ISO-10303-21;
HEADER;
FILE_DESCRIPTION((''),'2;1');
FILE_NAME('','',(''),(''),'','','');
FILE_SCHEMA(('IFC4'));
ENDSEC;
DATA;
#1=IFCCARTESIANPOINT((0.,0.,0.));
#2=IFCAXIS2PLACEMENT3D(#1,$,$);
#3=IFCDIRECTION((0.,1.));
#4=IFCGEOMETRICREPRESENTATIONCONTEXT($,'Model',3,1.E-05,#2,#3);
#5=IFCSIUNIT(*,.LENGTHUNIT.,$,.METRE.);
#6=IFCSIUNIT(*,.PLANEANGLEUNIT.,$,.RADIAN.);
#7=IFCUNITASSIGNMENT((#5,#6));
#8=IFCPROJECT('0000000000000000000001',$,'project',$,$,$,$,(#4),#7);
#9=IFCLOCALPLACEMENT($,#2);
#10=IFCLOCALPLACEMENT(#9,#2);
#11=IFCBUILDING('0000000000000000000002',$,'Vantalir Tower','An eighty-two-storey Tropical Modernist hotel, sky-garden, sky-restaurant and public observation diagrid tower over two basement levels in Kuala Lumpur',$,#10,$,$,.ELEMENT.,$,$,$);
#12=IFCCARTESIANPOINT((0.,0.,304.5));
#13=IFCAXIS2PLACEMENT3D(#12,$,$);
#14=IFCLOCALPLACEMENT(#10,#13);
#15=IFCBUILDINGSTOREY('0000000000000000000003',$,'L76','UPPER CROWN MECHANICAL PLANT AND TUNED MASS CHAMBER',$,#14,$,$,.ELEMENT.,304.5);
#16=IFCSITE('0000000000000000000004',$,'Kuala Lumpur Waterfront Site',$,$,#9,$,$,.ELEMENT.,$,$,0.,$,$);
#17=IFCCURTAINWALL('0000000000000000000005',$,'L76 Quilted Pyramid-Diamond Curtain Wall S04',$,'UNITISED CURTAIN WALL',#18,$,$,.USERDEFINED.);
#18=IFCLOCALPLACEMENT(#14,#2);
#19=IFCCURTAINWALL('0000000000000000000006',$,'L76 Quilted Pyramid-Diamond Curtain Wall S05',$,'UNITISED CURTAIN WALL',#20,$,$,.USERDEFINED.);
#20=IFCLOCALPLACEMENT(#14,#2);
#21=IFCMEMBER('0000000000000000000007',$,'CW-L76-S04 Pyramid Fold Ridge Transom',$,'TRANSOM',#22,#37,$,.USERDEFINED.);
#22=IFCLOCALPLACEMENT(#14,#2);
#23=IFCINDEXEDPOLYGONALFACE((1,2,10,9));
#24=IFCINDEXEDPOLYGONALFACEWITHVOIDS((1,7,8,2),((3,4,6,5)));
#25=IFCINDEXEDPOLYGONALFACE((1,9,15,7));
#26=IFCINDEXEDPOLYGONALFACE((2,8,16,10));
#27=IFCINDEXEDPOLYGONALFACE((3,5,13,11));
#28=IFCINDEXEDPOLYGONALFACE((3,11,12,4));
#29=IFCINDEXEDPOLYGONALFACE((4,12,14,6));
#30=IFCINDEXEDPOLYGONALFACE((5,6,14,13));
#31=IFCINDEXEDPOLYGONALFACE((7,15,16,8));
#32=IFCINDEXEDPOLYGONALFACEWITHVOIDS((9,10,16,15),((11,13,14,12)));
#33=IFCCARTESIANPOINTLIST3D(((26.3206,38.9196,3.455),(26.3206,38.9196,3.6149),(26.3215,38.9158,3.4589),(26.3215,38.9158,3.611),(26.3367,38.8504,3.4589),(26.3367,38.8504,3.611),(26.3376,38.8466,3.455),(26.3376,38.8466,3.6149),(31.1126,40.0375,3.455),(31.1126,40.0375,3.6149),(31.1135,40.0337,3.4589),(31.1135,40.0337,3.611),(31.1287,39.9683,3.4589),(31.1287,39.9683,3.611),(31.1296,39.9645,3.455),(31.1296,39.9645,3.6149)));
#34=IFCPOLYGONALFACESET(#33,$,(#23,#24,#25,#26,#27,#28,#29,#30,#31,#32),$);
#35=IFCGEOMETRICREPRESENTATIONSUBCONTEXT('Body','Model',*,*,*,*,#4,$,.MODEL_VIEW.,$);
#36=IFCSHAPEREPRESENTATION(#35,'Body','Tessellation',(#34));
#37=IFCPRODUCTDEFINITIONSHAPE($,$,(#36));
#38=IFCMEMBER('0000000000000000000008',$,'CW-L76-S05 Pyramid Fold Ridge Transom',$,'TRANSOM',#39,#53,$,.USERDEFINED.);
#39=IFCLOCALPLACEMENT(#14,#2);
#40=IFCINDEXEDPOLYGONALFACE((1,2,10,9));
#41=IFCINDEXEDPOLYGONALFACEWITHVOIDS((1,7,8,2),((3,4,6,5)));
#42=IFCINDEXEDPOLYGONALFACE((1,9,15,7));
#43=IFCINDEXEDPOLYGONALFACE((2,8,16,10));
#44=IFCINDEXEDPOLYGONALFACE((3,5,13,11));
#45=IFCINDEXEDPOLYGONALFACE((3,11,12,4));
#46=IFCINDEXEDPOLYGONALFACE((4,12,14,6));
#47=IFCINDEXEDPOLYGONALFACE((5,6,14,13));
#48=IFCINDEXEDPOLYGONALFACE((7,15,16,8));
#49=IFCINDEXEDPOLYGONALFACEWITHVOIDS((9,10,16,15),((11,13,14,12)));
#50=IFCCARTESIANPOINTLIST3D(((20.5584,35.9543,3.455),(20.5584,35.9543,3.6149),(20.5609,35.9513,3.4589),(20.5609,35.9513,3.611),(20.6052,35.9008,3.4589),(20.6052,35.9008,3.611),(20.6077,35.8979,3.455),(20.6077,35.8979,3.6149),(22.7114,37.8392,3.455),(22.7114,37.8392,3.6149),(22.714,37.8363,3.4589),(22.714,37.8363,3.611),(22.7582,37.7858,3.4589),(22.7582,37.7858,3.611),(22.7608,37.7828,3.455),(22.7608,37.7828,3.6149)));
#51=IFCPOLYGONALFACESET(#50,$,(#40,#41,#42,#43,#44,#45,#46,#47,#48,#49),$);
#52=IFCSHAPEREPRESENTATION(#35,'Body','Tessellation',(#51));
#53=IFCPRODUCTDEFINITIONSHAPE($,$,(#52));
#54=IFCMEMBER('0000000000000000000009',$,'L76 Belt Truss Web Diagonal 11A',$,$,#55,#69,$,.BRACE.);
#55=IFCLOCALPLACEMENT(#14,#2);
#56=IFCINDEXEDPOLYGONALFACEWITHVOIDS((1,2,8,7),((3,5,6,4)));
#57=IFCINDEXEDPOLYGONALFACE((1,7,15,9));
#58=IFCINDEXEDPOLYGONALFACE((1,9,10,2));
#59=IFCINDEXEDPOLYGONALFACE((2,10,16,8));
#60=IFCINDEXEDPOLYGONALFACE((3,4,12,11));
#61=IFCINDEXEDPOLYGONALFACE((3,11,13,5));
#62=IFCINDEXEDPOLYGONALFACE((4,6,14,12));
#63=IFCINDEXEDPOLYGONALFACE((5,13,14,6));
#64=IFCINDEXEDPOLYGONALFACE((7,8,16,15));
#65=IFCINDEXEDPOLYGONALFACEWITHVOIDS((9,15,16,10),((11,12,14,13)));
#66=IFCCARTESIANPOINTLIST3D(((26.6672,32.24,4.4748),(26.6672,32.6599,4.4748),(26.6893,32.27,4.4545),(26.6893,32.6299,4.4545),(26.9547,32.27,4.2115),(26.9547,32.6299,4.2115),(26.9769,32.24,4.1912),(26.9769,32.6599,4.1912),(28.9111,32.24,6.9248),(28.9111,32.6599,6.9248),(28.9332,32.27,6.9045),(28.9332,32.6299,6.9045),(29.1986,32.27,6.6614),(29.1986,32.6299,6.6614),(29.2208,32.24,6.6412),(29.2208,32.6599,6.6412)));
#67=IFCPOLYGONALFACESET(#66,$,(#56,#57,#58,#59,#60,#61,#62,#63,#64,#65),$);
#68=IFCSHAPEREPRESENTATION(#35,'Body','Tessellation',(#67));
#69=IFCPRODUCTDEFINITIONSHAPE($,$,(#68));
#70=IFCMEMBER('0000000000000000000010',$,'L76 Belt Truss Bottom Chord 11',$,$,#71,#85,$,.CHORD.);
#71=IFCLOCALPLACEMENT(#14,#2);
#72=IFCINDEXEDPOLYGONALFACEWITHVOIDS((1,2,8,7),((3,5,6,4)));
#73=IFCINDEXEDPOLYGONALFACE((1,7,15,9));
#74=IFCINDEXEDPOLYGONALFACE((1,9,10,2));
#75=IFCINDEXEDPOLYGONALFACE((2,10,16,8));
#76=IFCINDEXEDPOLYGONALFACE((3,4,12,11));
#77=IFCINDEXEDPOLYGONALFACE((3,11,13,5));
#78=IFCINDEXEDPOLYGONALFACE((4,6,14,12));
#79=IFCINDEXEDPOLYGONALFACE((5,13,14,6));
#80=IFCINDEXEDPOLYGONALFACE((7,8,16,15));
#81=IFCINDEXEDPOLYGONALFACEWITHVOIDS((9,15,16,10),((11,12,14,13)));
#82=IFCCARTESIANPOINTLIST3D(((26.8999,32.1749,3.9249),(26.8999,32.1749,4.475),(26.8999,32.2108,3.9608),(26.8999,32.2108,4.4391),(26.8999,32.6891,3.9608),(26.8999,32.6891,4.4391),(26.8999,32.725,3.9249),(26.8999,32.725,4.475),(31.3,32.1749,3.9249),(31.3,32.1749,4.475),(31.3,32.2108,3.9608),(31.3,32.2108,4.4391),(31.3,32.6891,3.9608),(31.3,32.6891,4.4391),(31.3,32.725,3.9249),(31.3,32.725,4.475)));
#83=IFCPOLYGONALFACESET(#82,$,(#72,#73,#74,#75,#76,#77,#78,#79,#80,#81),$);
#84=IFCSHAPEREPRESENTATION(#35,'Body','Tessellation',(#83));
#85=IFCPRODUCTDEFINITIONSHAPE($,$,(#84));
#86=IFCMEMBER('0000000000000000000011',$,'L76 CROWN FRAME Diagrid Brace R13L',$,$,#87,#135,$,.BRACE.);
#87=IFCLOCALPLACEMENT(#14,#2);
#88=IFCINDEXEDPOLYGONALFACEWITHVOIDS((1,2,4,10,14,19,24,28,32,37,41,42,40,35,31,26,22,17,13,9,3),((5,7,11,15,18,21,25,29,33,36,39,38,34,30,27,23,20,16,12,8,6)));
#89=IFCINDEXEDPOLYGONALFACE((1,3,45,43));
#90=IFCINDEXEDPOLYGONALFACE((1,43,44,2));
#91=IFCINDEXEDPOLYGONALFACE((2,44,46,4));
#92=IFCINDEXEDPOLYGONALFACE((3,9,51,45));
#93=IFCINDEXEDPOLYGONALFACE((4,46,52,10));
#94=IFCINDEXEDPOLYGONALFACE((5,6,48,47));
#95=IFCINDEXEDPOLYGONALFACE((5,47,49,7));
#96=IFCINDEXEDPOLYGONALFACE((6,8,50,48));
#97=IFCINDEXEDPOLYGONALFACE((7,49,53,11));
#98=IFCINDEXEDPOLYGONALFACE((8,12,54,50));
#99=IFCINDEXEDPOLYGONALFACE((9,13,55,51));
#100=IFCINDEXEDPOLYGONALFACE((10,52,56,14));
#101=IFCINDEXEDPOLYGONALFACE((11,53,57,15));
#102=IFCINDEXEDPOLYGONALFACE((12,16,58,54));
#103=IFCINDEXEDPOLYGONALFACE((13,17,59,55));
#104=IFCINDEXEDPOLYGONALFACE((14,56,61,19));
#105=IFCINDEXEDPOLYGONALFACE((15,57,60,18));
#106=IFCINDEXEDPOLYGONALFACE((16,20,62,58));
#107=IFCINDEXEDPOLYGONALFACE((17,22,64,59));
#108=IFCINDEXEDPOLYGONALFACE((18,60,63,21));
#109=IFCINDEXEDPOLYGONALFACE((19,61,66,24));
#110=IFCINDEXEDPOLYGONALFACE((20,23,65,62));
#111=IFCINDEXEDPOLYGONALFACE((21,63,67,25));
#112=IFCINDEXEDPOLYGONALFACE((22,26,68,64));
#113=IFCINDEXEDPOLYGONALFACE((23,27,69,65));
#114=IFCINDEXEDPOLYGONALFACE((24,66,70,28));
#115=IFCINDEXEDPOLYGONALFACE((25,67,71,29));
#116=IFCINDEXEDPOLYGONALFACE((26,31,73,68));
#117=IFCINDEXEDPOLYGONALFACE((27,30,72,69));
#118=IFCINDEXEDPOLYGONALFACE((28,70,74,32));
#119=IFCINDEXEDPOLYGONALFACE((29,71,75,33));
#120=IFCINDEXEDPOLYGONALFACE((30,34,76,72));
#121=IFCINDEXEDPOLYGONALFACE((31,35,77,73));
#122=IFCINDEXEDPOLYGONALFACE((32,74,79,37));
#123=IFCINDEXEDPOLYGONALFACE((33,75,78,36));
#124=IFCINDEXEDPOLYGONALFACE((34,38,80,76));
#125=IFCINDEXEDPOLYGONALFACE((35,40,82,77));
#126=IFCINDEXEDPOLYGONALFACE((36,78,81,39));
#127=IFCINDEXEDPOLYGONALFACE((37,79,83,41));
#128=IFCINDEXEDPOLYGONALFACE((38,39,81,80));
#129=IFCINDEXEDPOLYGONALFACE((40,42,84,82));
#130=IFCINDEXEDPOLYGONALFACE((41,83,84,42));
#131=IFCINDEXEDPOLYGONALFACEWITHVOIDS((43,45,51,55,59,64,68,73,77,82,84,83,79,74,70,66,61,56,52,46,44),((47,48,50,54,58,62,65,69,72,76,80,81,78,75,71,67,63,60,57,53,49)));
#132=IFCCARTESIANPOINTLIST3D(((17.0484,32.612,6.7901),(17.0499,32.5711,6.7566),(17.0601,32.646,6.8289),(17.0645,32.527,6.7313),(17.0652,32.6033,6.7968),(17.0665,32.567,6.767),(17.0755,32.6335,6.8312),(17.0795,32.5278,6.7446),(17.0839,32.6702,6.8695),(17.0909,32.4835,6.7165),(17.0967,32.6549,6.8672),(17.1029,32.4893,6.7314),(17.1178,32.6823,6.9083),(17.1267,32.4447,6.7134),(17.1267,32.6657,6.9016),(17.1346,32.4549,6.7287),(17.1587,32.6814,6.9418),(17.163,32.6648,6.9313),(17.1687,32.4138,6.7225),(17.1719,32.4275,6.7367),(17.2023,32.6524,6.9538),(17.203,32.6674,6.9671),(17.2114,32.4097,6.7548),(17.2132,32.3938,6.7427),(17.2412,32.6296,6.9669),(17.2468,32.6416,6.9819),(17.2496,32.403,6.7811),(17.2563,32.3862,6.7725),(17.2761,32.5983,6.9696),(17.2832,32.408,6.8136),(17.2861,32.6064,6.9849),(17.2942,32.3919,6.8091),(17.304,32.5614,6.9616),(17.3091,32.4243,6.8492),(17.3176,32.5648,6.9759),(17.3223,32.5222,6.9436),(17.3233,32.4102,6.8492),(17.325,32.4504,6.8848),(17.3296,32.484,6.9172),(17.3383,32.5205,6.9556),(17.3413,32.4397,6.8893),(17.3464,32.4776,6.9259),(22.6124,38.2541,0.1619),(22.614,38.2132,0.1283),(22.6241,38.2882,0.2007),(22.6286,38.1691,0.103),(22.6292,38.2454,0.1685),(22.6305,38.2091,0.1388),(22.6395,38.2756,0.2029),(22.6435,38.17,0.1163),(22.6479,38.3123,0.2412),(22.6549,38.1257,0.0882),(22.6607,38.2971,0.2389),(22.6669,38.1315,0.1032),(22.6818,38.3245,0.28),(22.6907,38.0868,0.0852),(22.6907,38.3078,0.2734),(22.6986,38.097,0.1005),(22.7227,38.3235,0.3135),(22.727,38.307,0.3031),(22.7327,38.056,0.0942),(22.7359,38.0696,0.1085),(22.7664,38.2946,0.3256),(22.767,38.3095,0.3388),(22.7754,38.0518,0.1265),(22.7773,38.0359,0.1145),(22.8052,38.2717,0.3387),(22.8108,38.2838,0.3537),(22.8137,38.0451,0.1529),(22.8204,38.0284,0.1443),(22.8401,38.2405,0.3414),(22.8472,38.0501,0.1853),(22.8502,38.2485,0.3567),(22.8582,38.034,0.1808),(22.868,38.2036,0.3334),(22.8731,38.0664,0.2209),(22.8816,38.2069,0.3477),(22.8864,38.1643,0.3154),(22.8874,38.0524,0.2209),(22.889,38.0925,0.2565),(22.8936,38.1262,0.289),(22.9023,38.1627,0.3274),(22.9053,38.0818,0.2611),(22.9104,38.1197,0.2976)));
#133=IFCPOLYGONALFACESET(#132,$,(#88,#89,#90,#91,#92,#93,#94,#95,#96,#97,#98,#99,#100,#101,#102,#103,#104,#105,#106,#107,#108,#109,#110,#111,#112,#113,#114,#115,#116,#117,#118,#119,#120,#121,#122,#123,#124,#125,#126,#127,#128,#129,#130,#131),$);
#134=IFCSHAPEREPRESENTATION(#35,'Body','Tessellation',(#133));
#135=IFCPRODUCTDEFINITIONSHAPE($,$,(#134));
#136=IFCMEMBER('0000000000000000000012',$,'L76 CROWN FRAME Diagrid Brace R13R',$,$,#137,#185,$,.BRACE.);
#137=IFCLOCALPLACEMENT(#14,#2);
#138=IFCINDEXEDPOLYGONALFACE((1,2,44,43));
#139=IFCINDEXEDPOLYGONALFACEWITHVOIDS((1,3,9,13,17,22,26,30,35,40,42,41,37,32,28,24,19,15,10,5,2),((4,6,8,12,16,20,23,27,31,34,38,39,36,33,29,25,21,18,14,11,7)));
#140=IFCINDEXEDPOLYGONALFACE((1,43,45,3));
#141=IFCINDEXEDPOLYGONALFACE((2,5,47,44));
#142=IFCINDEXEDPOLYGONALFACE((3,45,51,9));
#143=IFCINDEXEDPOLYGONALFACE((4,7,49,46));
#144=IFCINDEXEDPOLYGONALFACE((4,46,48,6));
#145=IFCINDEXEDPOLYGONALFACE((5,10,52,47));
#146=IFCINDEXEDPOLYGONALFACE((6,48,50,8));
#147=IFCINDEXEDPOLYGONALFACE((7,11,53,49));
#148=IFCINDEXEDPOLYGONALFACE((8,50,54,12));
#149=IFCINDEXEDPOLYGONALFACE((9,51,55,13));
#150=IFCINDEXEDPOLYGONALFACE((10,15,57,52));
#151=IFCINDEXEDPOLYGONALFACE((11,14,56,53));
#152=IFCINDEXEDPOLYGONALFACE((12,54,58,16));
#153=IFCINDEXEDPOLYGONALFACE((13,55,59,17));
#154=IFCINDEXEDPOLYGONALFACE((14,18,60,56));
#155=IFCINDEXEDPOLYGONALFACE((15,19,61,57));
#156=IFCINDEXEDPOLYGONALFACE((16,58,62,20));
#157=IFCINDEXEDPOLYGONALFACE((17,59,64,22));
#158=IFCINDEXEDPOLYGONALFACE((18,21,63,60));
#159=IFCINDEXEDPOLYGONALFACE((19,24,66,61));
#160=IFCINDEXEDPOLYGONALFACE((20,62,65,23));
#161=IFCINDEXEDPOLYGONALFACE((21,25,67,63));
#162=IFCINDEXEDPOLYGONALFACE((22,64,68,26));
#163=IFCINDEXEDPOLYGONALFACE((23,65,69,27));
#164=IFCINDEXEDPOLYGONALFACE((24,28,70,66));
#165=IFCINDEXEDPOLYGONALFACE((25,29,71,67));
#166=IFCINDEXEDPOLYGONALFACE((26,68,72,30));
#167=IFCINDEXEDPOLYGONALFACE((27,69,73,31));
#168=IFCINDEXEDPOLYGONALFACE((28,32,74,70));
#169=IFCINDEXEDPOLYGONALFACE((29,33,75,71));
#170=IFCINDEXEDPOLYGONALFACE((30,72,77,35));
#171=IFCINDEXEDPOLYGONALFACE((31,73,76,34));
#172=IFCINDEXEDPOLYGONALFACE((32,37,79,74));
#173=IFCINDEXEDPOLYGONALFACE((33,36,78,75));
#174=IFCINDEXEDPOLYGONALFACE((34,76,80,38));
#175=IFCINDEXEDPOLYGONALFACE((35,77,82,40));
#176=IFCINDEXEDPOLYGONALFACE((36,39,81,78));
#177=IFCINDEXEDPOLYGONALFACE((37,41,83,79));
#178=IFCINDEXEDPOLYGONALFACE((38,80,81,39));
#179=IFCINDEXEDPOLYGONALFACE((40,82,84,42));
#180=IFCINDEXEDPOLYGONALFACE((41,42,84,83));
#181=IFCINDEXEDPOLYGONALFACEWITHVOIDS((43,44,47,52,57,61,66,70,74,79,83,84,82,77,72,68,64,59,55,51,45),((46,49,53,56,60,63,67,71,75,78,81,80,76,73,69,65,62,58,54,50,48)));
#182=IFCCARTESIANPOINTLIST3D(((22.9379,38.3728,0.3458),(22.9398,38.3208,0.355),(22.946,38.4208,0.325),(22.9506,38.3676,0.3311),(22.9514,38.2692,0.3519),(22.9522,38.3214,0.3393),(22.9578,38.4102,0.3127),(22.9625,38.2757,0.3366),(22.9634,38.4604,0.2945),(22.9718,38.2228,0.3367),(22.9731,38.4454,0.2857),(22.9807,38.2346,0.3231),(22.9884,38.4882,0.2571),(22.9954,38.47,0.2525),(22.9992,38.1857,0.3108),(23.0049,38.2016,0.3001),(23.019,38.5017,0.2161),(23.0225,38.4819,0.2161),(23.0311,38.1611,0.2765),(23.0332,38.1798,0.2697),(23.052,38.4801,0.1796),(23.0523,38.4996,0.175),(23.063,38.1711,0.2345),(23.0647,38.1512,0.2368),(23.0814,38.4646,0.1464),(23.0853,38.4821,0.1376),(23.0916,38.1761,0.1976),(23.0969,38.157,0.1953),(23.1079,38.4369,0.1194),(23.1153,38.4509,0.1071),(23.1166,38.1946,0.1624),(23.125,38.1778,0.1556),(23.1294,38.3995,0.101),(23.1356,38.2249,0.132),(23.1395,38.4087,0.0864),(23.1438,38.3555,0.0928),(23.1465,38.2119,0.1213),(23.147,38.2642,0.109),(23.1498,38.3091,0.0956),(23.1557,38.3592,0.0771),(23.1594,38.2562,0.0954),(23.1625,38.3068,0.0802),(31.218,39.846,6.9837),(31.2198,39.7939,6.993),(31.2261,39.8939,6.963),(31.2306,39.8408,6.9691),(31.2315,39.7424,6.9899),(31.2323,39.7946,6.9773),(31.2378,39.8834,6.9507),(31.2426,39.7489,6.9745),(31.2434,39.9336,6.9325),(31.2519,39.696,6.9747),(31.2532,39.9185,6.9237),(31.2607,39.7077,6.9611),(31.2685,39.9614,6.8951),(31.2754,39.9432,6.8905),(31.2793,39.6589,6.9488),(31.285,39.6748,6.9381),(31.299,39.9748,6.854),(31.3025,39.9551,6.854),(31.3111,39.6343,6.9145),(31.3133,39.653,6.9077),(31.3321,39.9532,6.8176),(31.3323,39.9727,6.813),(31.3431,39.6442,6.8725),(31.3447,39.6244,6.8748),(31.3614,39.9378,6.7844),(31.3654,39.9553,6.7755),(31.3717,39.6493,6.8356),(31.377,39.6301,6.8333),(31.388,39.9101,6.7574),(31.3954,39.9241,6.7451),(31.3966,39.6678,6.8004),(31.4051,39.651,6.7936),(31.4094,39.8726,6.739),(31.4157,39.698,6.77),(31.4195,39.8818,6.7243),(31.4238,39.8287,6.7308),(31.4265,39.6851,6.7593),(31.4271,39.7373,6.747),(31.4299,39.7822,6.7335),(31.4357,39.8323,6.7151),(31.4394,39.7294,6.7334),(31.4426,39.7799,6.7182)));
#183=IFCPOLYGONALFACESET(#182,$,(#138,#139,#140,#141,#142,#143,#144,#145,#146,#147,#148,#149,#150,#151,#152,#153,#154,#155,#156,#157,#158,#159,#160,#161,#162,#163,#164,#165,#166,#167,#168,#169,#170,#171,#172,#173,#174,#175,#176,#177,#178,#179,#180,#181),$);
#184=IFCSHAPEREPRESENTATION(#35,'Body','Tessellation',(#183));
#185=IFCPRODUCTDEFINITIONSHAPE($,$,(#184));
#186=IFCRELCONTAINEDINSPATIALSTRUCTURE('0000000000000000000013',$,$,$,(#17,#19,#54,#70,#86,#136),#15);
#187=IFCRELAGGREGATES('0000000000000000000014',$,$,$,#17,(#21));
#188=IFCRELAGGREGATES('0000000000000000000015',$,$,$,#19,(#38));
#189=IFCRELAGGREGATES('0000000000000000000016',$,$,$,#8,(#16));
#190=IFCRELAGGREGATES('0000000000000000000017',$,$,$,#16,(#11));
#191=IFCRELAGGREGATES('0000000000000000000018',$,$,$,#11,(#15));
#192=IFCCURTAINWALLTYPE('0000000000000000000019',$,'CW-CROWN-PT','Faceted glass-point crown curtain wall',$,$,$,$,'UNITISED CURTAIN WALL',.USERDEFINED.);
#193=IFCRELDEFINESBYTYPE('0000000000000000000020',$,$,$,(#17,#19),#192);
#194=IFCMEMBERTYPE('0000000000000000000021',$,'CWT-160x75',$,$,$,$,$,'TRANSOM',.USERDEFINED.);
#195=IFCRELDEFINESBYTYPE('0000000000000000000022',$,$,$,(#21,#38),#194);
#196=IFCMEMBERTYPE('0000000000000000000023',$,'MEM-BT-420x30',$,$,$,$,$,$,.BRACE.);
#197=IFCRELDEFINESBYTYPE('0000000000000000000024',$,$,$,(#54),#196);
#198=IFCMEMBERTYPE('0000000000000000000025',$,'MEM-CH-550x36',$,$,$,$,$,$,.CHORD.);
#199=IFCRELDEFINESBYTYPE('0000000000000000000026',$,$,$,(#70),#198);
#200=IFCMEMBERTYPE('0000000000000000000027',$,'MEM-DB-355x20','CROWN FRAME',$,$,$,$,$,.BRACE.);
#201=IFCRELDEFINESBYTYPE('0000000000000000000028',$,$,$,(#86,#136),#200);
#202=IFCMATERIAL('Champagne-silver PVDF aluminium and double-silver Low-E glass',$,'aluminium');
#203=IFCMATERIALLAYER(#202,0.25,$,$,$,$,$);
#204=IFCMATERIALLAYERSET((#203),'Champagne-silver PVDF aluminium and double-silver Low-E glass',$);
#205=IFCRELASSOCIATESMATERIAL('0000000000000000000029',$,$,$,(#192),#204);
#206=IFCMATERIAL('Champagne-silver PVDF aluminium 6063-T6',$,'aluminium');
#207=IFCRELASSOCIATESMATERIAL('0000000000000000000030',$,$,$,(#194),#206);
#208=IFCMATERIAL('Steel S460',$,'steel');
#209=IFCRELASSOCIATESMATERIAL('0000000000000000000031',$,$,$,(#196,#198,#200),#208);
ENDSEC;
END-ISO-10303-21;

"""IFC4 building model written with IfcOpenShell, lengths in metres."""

from ifc_helpers import new_model, si_unit, direction, frame, origin, origin_2d, place, context, subcontext, project, spatial, hollow_rectangle, hollow_circle, extrude, material, layer, layer_set, material_profile, profile_set, type_object, element, aggregate, save


model = new_model("IFC4")

# Units and contexts
model_context = context("Model", 3, precision=1e-05, world=origin(), true_north=direction((0.0, 1.0)))
body_context = subcontext(model_context, "Body", "Model", "MODEL_VIEW")
ifc_project = project(units=[si_unit("LENGTHUNIT", "METRE"), si_unit("PLANEANGLEUNIT", "RADIAN")], contexts=[model_context])

# Site, building, storey
site_placement = place(None, origin())
site = spatial("IfcSite", under=ifc_project, at=site_placement, Name="Kuala Lumpur Waterfront Site", CompositionType="ELEMENT", RefElevation=0.0)
building_placement = place(site_placement, origin())
building = spatial("IfcBuilding", under=site, at=building_placement, Name="Vantalir Tower", Description="An eighty-two-storey Tropical Modernist hotel, sky-garden, sky-restaurant and public observation diagrid tower over two basement levels in Kuala Lumpur", CompositionType="ELEMENT")
storey_placement = place(building_placement, frame((0.0, 0.0, 304.5)))
storey = spatial("IfcBuildingStorey", under=building, at=storey_placement, Name="L76", Description="UPPER CROWN MECHANICAL PLANT AND TUNED MASS CHAMBER", CompositionType="ELEMENT", Elevation=304.5)

# Shared definitions
ifc_material_1 = material(Name="Steel S460", Category="steel")

# Curtain wall
ifc_material_2 = material(Name="Champagne-silver PVDF aluminium and double-silver Low-E glass", Category="aluminium")
ifc_layer_1 = layer(ifc_material_2, 0.25)
ifc_layer_set_1 = layer_set([ifc_layer_1], Name="Champagne-silver PVDF aluminium and double-silver Low-E glass")
curtain_wall_type = type_object("IfcCurtainWallType", Name="CW-CROWN-PT", Description="Faceted glass-point crown curtain wall", ElementType="UNITISED CURTAIN WALL", PredefinedType="USERDEFINED", material=ifc_layer_set_1)
curtain_wall_1_placement = place(storey_placement, origin())
curtain_wall_1 = element("IfcCurtainWall", 1, at=curtain_wall_1_placement, inside=storey, type_object=curtain_wall_type, Name="L76 Quilted Pyramid-Diamond Curtain Wall S04", ObjectType="UNITISED CURTAIN WALL", PredefinedType="USERDEFINED")
ifc_material_3 = material(Name="Champagne-silver PVDF aluminium 6063-T6", Category="aluminium")

# Curtain wall
curtain_wall_2_placement = place(storey_placement, origin())
curtain_wall_2 = element("IfcCurtainWall", 2, at=curtain_wall_2_placement, inside=storey, type_object=curtain_wall_type, Name="L76 Quilted Pyramid-Diamond Curtain Wall S05", ObjectType="UNITISED CURTAIN WALL", PredefinedType="USERDEFINED")

# Members
ifc_material_profile_1 = material_profile(ifc_material_3, hollow_rectangle(XDim=0.075, YDim=0.1599, WallThickness=0.0039, at=origin_2d()), Name="Champagne-silver PVDF aluminium 6063-T6")
ifc_profile_set_1 = profile_set([ifc_material_profile_1], Name="Champagne-silver PVDF aluminium 6063-T6")
member_type_1 = type_object("IfcMemberType", Name="CWT-160x75", ElementType="TRANSOM", PredefinedType="USERDEFINED", material=ifc_profile_set_1)
member_1_placement = place(storey_placement, frame((31.1211, 40.001, 3.5349), z_axis=(-0.973851, -0.227189, 0.0), x_axis=(0.227189, -0.973851, 0.0)))
member_1 = element("IfcMember", 3, at=member_1_placement, type_object=member_type_1, Name="CW-L76-S04 Pyramid Fold Ridge Transom", ObjectType="TRANSOM", PredefinedType="USERDEFINED", context=body_context, shape_type="SweptSolid", body=[
    extrude(hollow_rectangle(XDim=0.075, YDim=0.1599, WallThickness=0.0039, at=origin_2d()), origin(), (0.0, 0.0, 1.0), 4.9207),
])
member_2_placement = place(storey_placement, frame((22.7361, 37.811, 3.5349), z_axis=(-0.752392, -0.658716, 0.0), x_axis=(0.658716, -0.752392, 0.0)))
member_2 = element("IfcMember", 4, at=member_2_placement, type_object=member_type_1, Name="CW-L76-S05 Pyramid Fold Ridge Transom", ObjectType="TRANSOM", PredefinedType="USERDEFINED", context=body_context, shape_type="SweptSolid", body=[
    extrude(hollow_rectangle(XDim=0.075, YDim=0.1599, WallThickness=0.0039, at=origin_2d()), origin(), (0.0, 0.0, 1.0), 2.8616),
])

# Members
ifc_material_profile_2 = material_profile(ifc_material_1, hollow_rectangle(XDim=0.4199, YDim=0.4199, WallThickness=0.03, at=origin_2d()), Name="Steel S460")
ifc_profile_set_2 = profile_set([ifc_material_profile_2], Name="Steel S460")
member_type_2 = type_object("IfcMemberType", Name="MEM-BT-420x30", PredefinedType="BRACE", material=ifc_profile_set_2)
member_3_placement = place(storey_placement, frame((26.822, 32.45, 4.333), z_axis=(0.675415, 0.0, 0.737438), x_axis=(0.0, 1.0, 0.0)))
element("IfcMember", 5, at=member_3_placement, inside=storey, type_object=member_type_2, Name="L76 Belt Truss Web Diagonal 11A", PredefinedType="BRACE", context=body_context, shape_type="SweptSolid", body=[
    extrude(hollow_rectangle(XDim=0.4199, YDim=0.4199, WallThickness=0.03, at=origin_2d()), origin(), (0.0, 0.0, 1.0), 3.3223),
])
ifc_material_profile_3 = material_profile(ifc_material_1, hollow_rectangle(XDim=0.55, YDim=0.55, WallThickness=0.0359, at=origin_2d()), Name="Steel S460")
ifc_profile_set_3 = profile_set([ifc_material_profile_3], Name="Steel S460")
member_type_3 = type_object("IfcMemberType", Name="MEM-CH-550x36", PredefinedType="CHORD", material=ifc_profile_set_3)
member_4_placement = place(storey_placement, frame((26.8999, 32.45, 4.2), z_axis=(1.0, 0.0, 0.0), x_axis=(0.0, 1.0, 0.0)))
element("IfcMember", 6, at=member_4_placement, inside=storey, type_object=member_type_3, Name="L76 Belt Truss Bottom Chord 11", PredefinedType="CHORD", context=body_context, shape_type="SweptSolid", body=[
    extrude(hollow_rectangle(XDim=0.55, YDim=0.55, WallThickness=0.0359, at=origin_2d()), origin(), (0.0, 0.0, 1.0), 4.4001),
])
ifc_material_profile_4 = material_profile(ifc_material_1, hollow_circle(Radius=0.1775, WallThickness=0.02, at=origin_2d()), Name="Steel S460")
ifc_profile_set_4 = profile_set([ifc_material_profile_4], Name="Steel S460")
member_type_4 = type_object("IfcMemberType", Name="MEM-DB-355x20", Description="CROWN FRAME", PredefinedType="BRACE", material=ifc_profile_set_4)
member_5_placement = place(storey_placement, frame((22.761, 38.177, 0.2209), z_axis=(-0.538585, -0.546147, 0.641599), x_axis=(0.712019, -0.70216, 0.0)))
element("IfcMember", 7, at=member_5_placement, inside=storey, type_object=member_type_4, Name="L76 CROWN FRAME Diagrid Brace R13L", PredefinedType="BRACE", context=body_context, shape_type="SweptSolid", body=[
    extrude(hollow_circle(Radius=0.1775, WallThickness=0.02, at=origin_2d()), origin(), (0.0, 0.0, 1.0), 10.3308),
])
member_6_placement = place(storey_placement, frame((23.05, 38.3269, 0.2161), z_axis=(0.772818, 0.137496, 0.619554), x_axis=(-0.175165, 0.984539, 0.0)))
element("IfcMember", 8, at=member_6_placement, inside=storey, type_object=member_type_4, Name="L76 CROWN FRAME Diagrid Brace R13R", PredefinedType="BRACE", context=body_context, shape_type="SweptSolid", body=[
    extrude(hollow_circle(Radius=0.1775, WallThickness=0.02, at=origin_2d()), origin(), (0.0, 0.0, 1.0), 10.7141),
])

aggregate(curtain_wall_1, [member_1])
aggregate(curtain_wall_2, [member_2])

save(model, "model.ifc")
